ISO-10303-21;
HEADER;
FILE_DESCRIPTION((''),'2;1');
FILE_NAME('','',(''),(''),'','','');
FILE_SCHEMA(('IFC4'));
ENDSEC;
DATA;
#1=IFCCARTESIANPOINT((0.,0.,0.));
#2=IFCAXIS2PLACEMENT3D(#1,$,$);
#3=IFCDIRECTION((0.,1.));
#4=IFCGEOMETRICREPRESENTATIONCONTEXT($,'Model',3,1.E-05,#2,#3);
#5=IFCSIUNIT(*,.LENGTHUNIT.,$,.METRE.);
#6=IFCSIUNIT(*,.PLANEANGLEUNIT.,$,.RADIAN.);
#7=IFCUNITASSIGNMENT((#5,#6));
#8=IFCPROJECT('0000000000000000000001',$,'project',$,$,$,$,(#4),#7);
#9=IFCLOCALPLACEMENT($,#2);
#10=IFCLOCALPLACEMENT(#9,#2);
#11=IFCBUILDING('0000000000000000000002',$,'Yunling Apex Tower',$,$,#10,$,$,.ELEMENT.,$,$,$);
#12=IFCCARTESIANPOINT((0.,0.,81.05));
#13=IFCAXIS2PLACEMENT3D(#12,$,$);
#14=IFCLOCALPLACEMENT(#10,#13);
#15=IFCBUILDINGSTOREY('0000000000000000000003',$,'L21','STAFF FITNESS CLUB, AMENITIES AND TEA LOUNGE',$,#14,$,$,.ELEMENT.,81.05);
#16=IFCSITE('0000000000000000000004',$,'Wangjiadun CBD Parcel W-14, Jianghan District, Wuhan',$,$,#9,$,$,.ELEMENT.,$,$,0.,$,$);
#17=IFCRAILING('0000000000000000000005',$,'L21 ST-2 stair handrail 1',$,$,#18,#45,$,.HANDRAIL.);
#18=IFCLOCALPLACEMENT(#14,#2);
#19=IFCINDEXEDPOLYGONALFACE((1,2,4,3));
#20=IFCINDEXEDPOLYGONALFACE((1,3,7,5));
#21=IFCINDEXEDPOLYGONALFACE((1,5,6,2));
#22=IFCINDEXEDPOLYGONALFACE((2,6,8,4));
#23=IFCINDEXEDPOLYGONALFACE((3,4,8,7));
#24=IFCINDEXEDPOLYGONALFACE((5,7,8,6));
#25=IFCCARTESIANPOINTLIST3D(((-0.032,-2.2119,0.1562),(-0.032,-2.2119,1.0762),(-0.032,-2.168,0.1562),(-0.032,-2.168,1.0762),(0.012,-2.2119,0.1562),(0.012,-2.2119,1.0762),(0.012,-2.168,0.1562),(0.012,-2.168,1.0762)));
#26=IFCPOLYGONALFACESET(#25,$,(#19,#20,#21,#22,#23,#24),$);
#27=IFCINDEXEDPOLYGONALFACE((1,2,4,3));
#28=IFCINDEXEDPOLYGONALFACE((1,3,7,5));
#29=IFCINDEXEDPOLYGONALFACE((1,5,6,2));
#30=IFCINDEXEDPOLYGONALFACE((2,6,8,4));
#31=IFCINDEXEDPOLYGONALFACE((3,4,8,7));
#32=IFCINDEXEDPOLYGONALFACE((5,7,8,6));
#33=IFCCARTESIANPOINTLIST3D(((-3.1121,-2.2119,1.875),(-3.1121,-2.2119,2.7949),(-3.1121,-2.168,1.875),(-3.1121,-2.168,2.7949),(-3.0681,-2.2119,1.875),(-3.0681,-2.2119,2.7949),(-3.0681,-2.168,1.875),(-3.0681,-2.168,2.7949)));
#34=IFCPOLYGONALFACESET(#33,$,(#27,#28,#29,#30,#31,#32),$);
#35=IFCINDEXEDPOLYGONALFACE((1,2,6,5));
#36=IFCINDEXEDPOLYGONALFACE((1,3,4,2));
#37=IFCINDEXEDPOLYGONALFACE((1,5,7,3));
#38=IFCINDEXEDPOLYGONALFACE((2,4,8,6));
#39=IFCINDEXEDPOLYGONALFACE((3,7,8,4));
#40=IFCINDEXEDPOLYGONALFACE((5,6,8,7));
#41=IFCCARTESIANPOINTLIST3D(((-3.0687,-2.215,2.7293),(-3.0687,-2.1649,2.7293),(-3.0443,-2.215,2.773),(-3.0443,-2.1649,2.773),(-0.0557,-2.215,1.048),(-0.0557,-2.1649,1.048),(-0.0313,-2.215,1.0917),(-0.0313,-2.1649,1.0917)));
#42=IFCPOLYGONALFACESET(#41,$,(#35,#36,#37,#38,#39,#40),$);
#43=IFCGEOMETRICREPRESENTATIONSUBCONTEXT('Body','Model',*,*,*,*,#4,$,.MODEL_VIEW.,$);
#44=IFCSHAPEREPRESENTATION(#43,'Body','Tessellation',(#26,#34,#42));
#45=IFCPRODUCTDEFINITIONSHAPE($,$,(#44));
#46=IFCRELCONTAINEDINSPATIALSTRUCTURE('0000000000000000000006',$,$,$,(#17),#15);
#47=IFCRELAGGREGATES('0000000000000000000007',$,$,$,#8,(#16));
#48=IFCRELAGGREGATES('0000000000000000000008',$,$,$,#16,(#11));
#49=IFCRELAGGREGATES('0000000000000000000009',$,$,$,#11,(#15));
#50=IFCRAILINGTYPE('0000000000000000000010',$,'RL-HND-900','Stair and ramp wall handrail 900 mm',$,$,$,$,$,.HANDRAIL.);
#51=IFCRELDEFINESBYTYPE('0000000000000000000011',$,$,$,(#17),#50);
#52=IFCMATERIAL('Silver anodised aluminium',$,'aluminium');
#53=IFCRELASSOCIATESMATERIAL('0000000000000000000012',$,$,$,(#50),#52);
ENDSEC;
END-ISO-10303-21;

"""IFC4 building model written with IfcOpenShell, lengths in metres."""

from ifc_helpers import new_model, si_unit, direction, frame, origin, origin_2d, place, context, subcontext, project, spatial, rectangle, extrude, material, type_object, element, save


model = new_model("IFC4")

# Units and contexts
model_context = context("Model", 3, precision=1e-05, world=origin(), true_north=direction((0.0, 1.0)))
body_context = subcontext(model_context, "Body", "Model", "MODEL_VIEW")
ifc_project = project(units=[si_unit("LENGTHUNIT", "METRE"), si_unit("PLANEANGLEUNIT", "RADIAN")], contexts=[model_context])

# Site, building, storey
site_placement = place(None, origin())
site = spatial("IfcSite", under=ifc_project, at=site_placement, Name="Wangjiadun CBD Parcel W-14, Jianghan District, Wuhan", CompositionType="ELEMENT", RefElevation=0.0)
building_placement = place(site_placement, origin())
building = spatial("IfcBuilding", under=site, at=building_placement, Name="Yunling Apex Tower", CompositionType="ELEMENT")
storey_placement = place(building_placement, frame((0.0, 0.0, 81.05)))
storey = spatial("IfcBuildingStorey", under=building, at=storey_placement, Name="L21", Description="STAFF FITNESS CLUB, AMENITIES AND TEA LOUNGE", CompositionType="ELEMENT", Elevation=81.05)

# Railing
ifc_material_1 = material(Name="Silver anodised aluminium", Category="aluminium")
railing_type_1 = type_object("IfcRailingType", Name="RL-HND-900", Description="Stair and ramp wall handrail 900 mm", PredefinedType="HANDRAIL", material=ifc_material_1)
railing_1_placement = place(storey_placement, frame((-0.01, -2.1899, 0.1562)))
element("IfcRailing", 1, at=railing_1_placement, inside=storey, type_object=railing_type_1, Name="L21 ST-2 stair handrail 1", PredefinedType="HANDRAIL", context=body_context, shape_type="SweptSolid", body=[
    extrude(rectangle(XDim=0.0439, YDim=0.0439, at=origin_2d()), origin(), (0.0, 0.0, 1.0), 0.9199),
    extrude(rectangle(XDim=0.0439, YDim=0.0439, at=origin_2d()), frame((-3.0801, 0.0, 1.7188)), (0.0, 0.0, 1.0), 0.9199),
    extrude(rectangle(XDim=0.05, YDim=0.05, at=origin_2d()), frame((-0.0334, 0.0, 0.9136), z_axis=(-0.873242, 0.0, 0.487288), x_axis=(0.0, -1.0, 0.0)), (0.0, 0.0, 1.0), 3.4504),
])

save(model, "model.ifc")
